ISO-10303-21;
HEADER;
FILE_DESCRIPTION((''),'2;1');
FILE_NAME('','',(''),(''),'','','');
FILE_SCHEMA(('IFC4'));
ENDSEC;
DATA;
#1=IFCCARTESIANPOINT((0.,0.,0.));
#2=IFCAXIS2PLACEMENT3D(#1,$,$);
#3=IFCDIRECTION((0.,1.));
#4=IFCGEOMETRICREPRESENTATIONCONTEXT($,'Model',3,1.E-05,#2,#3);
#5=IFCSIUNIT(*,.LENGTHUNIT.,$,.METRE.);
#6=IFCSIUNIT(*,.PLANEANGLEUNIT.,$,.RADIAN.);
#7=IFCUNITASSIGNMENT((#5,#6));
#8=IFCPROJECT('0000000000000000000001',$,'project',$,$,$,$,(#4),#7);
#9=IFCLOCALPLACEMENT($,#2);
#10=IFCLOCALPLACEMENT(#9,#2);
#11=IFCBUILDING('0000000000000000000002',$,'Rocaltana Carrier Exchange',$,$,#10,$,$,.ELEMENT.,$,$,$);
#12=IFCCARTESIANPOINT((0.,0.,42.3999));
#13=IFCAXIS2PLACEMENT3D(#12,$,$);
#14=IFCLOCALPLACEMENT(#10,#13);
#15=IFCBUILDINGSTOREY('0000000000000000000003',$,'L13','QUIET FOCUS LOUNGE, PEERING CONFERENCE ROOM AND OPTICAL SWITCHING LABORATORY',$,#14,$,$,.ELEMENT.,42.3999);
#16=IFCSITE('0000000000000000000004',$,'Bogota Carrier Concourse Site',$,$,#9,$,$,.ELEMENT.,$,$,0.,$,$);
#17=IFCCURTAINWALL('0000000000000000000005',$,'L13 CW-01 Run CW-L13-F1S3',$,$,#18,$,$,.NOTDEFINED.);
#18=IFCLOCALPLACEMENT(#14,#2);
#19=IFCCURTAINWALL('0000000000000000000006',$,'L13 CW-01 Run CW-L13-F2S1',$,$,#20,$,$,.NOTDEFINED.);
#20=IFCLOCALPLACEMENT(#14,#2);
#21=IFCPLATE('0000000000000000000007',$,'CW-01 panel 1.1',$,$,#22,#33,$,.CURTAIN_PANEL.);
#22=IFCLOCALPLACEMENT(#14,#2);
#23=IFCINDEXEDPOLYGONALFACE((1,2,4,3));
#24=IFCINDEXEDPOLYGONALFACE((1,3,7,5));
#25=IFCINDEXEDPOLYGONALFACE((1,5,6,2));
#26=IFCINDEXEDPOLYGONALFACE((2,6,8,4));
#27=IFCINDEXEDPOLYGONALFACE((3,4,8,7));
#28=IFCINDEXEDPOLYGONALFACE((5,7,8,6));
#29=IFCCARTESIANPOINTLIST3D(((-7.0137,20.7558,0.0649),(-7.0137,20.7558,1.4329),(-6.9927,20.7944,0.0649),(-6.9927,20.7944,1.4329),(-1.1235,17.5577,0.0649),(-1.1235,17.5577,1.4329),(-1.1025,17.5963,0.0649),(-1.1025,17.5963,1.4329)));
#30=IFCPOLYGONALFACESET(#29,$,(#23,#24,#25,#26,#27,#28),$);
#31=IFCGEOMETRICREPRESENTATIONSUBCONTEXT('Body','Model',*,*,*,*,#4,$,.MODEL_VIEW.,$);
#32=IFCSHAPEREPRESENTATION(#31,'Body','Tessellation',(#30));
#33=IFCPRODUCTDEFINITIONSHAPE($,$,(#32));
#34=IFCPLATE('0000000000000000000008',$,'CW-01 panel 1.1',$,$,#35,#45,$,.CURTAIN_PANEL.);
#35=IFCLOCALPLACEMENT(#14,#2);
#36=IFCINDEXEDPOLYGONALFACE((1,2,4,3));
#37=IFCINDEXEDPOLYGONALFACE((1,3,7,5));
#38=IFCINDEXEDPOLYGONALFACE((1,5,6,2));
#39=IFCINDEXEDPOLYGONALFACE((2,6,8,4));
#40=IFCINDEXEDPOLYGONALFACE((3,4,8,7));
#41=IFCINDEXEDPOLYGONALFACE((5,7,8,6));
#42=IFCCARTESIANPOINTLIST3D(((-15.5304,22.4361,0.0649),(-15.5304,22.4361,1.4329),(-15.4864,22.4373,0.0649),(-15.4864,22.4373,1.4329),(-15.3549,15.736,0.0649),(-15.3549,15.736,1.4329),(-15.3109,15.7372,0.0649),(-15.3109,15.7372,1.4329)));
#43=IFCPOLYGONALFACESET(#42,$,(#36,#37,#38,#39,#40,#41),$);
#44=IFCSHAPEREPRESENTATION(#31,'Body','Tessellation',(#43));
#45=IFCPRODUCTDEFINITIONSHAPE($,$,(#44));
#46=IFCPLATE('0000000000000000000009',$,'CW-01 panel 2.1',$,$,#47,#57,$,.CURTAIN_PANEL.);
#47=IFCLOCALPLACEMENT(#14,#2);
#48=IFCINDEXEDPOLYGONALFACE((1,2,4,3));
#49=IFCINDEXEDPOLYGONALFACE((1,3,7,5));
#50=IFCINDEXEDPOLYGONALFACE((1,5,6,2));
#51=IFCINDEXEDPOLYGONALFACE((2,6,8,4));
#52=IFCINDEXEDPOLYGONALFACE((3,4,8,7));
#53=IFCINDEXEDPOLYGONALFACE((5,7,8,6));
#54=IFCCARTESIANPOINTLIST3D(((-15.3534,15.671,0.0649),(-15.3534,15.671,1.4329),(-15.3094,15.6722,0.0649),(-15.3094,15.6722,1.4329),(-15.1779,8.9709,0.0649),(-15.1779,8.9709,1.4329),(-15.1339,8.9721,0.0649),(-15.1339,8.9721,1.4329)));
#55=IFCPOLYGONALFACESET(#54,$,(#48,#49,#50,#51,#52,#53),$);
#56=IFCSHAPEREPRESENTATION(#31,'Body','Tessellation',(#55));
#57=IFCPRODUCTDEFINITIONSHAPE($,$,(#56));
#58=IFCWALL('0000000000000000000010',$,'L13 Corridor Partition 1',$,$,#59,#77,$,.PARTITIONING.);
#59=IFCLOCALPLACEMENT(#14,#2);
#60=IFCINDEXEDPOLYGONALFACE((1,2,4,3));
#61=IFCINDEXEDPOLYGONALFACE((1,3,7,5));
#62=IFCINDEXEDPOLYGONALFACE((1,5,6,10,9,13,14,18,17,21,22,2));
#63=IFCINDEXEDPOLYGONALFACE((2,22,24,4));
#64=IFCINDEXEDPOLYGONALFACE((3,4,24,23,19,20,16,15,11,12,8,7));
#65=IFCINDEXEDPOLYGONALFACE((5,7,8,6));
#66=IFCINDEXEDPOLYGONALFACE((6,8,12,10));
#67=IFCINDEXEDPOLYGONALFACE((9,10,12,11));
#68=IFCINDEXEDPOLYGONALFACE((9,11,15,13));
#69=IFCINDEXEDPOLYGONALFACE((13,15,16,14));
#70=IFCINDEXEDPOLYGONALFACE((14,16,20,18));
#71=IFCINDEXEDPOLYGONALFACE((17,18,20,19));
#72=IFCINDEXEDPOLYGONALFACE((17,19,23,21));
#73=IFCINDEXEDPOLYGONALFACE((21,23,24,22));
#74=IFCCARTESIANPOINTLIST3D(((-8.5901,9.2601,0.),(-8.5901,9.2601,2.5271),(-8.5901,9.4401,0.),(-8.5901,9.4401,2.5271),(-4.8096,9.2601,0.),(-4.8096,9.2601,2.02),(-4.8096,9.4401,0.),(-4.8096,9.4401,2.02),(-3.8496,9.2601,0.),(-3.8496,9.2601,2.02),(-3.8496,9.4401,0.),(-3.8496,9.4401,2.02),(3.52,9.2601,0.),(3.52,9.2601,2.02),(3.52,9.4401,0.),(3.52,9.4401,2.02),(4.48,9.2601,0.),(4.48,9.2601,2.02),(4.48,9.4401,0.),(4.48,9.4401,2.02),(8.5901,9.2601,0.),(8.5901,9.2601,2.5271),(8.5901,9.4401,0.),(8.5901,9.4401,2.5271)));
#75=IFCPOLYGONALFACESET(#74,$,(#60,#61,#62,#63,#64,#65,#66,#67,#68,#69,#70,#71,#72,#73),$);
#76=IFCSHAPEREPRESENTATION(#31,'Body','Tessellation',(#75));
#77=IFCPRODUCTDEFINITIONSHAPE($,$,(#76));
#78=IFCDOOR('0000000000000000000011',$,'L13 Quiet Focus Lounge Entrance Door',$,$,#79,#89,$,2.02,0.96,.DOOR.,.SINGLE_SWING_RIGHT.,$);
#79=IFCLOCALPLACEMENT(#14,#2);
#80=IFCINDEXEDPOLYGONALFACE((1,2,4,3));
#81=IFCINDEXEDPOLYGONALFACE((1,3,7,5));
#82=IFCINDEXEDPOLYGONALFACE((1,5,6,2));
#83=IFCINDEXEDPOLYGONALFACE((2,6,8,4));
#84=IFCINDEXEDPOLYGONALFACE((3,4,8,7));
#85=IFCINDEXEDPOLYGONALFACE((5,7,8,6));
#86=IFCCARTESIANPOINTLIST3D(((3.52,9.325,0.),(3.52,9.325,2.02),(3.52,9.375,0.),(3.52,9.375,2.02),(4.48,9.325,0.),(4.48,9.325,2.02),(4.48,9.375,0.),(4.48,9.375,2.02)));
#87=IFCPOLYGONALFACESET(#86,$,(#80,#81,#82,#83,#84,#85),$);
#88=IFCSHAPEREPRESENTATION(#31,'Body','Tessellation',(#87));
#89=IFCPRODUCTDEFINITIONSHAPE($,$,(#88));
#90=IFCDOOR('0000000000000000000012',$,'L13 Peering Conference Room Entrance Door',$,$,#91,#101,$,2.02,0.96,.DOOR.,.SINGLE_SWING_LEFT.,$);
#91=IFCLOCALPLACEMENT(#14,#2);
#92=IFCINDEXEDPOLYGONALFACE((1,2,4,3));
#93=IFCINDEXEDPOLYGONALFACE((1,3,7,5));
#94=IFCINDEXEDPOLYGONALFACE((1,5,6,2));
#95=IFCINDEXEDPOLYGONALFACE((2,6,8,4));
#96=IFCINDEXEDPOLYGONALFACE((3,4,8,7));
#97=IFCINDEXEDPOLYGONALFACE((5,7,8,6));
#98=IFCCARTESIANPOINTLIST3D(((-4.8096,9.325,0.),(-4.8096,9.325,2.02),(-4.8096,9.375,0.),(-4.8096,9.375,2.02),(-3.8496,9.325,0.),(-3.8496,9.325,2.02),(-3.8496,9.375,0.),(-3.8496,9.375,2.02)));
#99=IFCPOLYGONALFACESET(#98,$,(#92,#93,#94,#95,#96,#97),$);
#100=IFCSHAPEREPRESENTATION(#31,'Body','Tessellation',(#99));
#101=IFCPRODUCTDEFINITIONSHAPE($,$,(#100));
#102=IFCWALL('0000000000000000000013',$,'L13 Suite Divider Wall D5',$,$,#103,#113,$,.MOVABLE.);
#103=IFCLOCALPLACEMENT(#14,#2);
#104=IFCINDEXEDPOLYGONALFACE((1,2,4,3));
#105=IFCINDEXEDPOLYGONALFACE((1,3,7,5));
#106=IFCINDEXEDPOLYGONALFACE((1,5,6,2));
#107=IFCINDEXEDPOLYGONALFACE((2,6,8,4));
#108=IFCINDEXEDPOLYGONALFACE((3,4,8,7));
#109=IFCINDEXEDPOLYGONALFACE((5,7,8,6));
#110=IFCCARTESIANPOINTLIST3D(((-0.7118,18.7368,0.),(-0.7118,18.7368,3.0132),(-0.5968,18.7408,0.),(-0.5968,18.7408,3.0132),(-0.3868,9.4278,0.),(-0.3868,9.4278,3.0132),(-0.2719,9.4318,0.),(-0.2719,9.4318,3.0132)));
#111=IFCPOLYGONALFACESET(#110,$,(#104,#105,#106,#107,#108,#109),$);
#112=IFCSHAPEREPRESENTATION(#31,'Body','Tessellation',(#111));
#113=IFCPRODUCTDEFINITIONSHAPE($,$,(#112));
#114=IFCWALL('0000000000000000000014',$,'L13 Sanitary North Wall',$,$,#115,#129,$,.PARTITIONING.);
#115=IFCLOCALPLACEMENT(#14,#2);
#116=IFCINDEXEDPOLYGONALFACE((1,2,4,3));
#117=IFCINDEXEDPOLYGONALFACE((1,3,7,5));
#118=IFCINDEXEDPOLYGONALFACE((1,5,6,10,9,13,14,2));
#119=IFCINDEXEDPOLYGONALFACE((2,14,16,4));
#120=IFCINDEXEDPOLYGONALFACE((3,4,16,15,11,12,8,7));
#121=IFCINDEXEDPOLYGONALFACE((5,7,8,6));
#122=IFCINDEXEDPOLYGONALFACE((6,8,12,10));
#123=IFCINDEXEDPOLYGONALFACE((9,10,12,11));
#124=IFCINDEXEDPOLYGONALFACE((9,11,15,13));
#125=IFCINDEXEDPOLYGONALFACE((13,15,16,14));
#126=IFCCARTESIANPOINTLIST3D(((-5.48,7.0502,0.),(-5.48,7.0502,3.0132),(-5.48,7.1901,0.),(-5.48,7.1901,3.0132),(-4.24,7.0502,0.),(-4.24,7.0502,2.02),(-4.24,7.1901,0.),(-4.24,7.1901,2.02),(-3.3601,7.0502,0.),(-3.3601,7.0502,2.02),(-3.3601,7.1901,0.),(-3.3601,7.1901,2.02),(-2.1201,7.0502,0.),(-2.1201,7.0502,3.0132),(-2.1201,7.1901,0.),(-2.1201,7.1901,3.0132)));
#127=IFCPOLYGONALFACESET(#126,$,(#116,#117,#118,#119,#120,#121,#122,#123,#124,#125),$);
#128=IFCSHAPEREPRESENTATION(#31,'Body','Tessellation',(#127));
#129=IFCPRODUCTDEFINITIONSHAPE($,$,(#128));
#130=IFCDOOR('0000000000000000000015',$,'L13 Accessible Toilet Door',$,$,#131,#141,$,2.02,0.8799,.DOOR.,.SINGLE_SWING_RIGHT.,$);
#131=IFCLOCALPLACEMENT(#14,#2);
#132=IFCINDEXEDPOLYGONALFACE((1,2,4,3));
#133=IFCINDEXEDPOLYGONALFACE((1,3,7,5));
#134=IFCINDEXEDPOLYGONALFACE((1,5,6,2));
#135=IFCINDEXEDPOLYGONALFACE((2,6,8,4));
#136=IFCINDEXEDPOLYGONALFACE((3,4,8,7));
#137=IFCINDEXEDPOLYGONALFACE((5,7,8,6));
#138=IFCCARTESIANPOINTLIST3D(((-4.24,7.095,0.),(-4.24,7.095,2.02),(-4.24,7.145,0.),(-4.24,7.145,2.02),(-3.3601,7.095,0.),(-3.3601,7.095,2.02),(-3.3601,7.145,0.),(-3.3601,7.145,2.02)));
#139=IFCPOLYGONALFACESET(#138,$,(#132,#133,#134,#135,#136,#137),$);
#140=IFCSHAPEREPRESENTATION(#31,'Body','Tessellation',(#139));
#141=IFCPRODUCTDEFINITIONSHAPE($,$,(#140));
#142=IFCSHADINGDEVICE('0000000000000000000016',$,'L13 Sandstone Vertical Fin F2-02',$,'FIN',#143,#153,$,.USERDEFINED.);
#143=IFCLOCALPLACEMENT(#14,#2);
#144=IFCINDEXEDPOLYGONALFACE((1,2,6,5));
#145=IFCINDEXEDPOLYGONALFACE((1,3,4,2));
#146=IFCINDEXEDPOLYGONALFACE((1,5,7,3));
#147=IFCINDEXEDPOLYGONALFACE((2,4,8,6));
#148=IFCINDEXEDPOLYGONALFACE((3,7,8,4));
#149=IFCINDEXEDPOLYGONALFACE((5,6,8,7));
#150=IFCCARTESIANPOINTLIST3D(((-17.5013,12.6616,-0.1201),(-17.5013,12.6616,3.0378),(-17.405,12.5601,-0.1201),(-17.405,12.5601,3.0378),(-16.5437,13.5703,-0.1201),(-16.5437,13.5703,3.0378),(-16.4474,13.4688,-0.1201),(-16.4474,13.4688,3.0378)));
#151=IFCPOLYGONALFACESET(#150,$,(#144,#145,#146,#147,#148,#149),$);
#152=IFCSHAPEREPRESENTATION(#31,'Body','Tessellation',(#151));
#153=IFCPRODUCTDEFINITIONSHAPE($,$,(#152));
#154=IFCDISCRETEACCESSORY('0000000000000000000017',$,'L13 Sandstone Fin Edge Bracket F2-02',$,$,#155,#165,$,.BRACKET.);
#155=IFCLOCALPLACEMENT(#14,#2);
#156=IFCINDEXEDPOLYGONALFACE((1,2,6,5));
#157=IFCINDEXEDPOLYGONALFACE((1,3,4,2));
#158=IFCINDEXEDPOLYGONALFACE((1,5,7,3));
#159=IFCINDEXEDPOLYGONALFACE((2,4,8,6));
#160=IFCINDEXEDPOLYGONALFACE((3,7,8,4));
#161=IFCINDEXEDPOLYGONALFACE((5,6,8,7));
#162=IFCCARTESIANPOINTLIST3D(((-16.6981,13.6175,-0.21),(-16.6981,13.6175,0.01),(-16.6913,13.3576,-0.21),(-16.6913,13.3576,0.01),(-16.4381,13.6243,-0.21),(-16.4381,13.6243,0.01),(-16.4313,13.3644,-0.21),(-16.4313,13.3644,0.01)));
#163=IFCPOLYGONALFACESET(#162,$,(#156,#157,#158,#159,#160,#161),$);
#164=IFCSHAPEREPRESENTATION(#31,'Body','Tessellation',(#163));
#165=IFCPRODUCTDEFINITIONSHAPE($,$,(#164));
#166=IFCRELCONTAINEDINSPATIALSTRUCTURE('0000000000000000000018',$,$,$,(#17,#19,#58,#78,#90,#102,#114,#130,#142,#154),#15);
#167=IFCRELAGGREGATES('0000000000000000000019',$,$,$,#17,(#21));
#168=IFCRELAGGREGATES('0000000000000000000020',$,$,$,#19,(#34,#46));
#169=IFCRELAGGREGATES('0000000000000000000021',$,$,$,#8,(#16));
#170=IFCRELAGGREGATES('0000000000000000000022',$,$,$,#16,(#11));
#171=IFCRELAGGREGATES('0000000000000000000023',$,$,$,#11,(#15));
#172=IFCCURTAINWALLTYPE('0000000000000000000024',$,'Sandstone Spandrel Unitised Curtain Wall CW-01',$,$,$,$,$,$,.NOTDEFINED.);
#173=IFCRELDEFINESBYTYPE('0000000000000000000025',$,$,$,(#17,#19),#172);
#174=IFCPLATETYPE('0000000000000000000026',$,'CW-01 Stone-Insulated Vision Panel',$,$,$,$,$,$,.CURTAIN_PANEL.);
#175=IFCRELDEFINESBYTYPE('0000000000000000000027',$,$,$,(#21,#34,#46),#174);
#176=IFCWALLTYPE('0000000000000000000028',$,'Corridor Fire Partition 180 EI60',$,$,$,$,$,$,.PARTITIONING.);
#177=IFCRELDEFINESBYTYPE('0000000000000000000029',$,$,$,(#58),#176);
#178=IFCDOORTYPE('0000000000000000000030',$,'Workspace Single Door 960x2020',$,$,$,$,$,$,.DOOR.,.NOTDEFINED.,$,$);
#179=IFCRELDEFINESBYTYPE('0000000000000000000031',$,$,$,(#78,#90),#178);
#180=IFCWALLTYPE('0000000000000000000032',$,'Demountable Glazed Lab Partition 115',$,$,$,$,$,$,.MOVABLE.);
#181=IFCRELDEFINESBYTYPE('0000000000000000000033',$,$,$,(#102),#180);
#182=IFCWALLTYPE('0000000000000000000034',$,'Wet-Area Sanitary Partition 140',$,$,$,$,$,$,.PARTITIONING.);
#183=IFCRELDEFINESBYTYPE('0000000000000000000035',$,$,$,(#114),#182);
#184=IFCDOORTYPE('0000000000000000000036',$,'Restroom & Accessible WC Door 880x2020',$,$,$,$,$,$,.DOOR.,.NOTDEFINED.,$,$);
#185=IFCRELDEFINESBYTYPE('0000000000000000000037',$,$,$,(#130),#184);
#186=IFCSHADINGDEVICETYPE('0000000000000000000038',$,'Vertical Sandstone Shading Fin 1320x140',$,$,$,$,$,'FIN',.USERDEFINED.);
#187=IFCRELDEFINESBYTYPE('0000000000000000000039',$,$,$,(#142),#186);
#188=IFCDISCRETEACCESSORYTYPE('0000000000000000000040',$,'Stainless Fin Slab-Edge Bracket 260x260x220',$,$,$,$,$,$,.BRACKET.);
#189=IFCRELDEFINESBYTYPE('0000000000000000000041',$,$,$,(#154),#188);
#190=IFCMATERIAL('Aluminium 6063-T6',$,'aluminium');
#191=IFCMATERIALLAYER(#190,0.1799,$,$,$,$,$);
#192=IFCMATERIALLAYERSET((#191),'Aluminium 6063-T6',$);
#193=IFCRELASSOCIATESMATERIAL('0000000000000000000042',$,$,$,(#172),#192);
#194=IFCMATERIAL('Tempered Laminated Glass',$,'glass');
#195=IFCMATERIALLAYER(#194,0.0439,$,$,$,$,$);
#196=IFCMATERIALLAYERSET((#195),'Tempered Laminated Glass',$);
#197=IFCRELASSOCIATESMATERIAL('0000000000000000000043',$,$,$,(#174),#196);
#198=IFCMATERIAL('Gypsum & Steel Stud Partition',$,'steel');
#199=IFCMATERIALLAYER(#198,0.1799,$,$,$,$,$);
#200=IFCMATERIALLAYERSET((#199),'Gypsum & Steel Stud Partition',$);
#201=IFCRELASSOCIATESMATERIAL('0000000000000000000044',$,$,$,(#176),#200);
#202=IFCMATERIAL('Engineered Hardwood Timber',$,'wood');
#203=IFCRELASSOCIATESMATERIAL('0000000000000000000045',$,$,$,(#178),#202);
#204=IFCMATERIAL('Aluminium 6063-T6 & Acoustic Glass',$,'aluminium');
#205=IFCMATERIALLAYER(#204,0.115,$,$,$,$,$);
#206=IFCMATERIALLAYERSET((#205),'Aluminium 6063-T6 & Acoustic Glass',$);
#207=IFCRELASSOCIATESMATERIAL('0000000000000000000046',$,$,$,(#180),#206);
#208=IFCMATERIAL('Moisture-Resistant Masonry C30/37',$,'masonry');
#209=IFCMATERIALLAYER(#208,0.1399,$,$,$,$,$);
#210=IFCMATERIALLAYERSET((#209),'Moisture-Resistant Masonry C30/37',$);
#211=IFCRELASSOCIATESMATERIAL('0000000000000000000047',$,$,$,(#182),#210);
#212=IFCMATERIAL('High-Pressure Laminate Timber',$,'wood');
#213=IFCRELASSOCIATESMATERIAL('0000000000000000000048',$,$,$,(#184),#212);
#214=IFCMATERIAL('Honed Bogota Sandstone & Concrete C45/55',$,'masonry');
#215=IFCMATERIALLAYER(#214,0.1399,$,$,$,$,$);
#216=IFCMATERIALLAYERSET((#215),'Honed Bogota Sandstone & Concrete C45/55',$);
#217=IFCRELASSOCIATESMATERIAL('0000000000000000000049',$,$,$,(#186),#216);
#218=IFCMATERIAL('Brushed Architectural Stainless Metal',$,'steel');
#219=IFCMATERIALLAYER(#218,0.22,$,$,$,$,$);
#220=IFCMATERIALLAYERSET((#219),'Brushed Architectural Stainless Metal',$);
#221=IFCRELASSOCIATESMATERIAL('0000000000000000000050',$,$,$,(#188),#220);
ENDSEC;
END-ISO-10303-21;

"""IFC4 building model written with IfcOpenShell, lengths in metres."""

from ifc_helpers import new_model, si_unit, direction, frame, frame_2d, origin, origin_2d, place, context, subcontext, project, spatial, rectangle, extrude, material, layer, layer_set, type_object, element, fill, aggregate, save


model = new_model("IFC4")

# Units and contexts
model_context = context("Model", 3, precision=1e-05, world=origin(), true_north=direction((0.0, 1.0)))
body_context = subcontext(model_context, "Body", "Model", "MODEL_VIEW")
ifc_project = project(units=[si_unit("LENGTHUNIT", "METRE"), si_unit("PLANEANGLEUNIT", "RADIAN")], contexts=[model_context])

# Site, building, storey
site_placement = place(None, origin())
site = spatial("IfcSite", under=ifc_project, at=site_placement, Name="Bogota Carrier Concourse Site", CompositionType="ELEMENT", RefElevation=0.0)
building_placement = place(site_placement, origin())
building = spatial("IfcBuilding", under=site, at=building_placement, Name="Rocaltana Carrier Exchange", CompositionType="ELEMENT")
storey_placement = place(building_placement, frame((0.0, 0.0, 42.3999)))
storey = spatial("IfcBuildingStorey", under=building, at=storey_placement, Name="L13", Description="QUIET FOCUS LOUNGE, PEERING CONFERENCE ROOM AND OPTICAL SWITCHING LABORATORY", CompositionType="ELEMENT", Elevation=42.3999)

# Curtain wall
ifc_material_1 = material(Name="Aluminium 6063-T6", Category="aluminium")
ifc_layer_1 = layer(ifc_material_1, 0.1799)
ifc_layer_set_1 = layer_set([ifc_layer_1], Name="Aluminium 6063-T6")
curtain_wall_type = type_object("IfcCurtainWallType", Name="Sandstone Spandrel Unitised Curtain Wall CW-01", PredefinedType="NOTDEFINED", material=ifc_layer_set_1)
curtain_wall_1_placement = place(storey_placement, origin())
curtain_wall_1 = element("IfcCurtainWall", 1, at=curtain_wall_1_placement, inside=storey, type_object=curtain_wall_type, Name="L13 CW-01 Run CW-L13-F1S3", PredefinedType="NOTDEFINED")

# Curtain wall
curtain_wall_2_placement = place(storey_placement, origin())
curtain_wall_2 = element("IfcCurtainWall", 2, at=curtain_wall_2_placement, inside=storey, type_object=curtain_wall_type, Name="L13 CW-01 Run CW-L13-F2S1", PredefinedType="NOTDEFINED")

# Plates
ifc_material_2 = material(Name="Tempered Laminated Glass", Category="glass")
ifc_layer_2 = layer(ifc_material_2, 0.0439)
ifc_layer_set_2 = layer_set([ifc_layer_2], Name="Tempered Laminated Glass")
plate_type = type_object("IfcPlateType", Name="CW-01 Stone-Insulated Vision Panel", PredefinedType="CURTAIN_PANEL", material=ifc_layer_set_2)
plate_1_placement = place(storey_placement, frame((-4.0581, 19.176, 0.0649), z_axis=(0.0, 0.0, 1.0), x_axis=(-0.878819, 0.477156, 0.0)))
plate_1 = element("IfcPlate", 3, at=plate_1_placement, type_object=plate_type, Name="CW-01 panel 1.1", PredefinedType="CURTAIN_PANEL", context=body_context, shape_type="SweptSolid", body=[
    extrude(rectangle(XDim=6.7024, YDim=0.0439, at=origin_2d()), origin(), (0.0, 0.0, 1.0), 1.3679),
])
aggregate(curtain_wall_1, [plate_1])
plate_2_placement = place(storey_placement, frame((-15.4207, 19.0867, 0.0649), z_axis=(0.0, 0.0, 1.0), x_axis=(0.026184, -0.999657, 0.0)))
plate_2 = element("IfcPlate", 4, at=plate_2_placement, type_object=plate_type, Name="CW-01 panel 1.1", PredefinedType="CURTAIN_PANEL", context=body_context, shape_type="SweptSolid", body=[
    extrude(rectangle(XDim=6.7024, YDim=0.0439, at=origin_2d()), origin(), (0.0, 0.0, 1.0), 1.3679),
])
plate_3_placement = place(storey_placement, frame((-15.2437, 12.3215, 0.0649), z_axis=(0.0, 0.0, 1.0), x_axis=(0.026184, -0.999657, 0.0)))
plate_3 = element("IfcPlate", 5, at=plate_3_placement, type_object=plate_type, Name="CW-01 panel 2.1", PredefinedType="CURTAIN_PANEL", context=body_context, shape_type="SweptSolid", body=[
    extrude(rectangle(XDim=6.7024, YDim=0.0439, at=origin_2d()), origin(), (0.0, 0.0, 1.0), 1.3679),
])
aggregate(curtain_wall_2, [plate_2, plate_3])

# Wall, openings, doors
ifc_material_3 = material(Name="Gypsum & Steel Stud Partition", Category="steel")
ifc_layer_3 = layer(ifc_material_3, 0.1799)
ifc_layer_set_3 = layer_set([ifc_layer_3], Name="Gypsum & Steel Stud Partition")
wall_type_1 = type_object("IfcWallType", Name="Corridor Fire Partition 180 EI60", PredefinedType="PARTITIONING", material=ifc_layer_set_3)
wall_1_placement = place(storey_placement, frame((-8.5901, 9.3501, 0.0), z_axis=(0.0, 0.0, 1.0), x_axis=(1.0, 0.0, 0.0)))
wall_1 = element("IfcWall", 6, at=wall_1_placement, inside=storey, type_object=wall_type_1, Name="L13 Corridor Partition 1", PredefinedType="PARTITIONING", context=body_context, shape_type="SweptSolid", body=[
    extrude(rectangle(XDim=17.1802, YDim=0.1799, at=frame_2d((8.5901, 0.0))), origin(), (0.0, 0.0, 1.0), 2.5271),
])
opening_1_placement = place(wall_1_placement, frame((12.1101, 0.0, 0.0)))
opening_1 = element("IfcOpeningElement", 7, at=opening_1_placement, cuts=wall_1, PredefinedType="OPENING", context=body_context, shape_type="SweptSolid", body=[
    extrude(rectangle(XDim=0.96, YDim=2.02, at=frame_2d((0.48, 1.01))), frame((0.0, 0.0999, 0.0), z_axis=(0.0, -1.0, 0.0), x_axis=(1.0, 0.0, 0.0)), (0.0, 0.0, 1.0), 0.2),
])
opening_2_placement = place(wall_1_placement, frame((3.7805, 0.0, 0.0)))
opening_2 = element("IfcOpeningElement", 8, at=opening_2_placement, cuts=wall_1, PredefinedType="OPENING", context=body_context, shape_type="SweptSolid", body=[
    extrude(rectangle(XDim=0.96, YDim=2.02, at=frame_2d((0.48, 1.01))), frame((0.0, 0.0999, 0.0), z_axis=(0.0, -1.0, 0.0), x_axis=(1.0, 0.0, 0.0)), (0.0, 0.0, 1.0), 0.2),
])
ifc_material_4 = material(Name="Engineered Hardwood Timber", Category="wood")
door_type_1 = type_object("IfcDoorType", Name="Workspace Single Door 960x2020", OperationType="NOTDEFINED", PredefinedType="DOOR", material=ifc_material_4)
door_1_placement = place(opening_1_placement, origin())
door_1 = element("IfcDoor", 9, at=door_1_placement, inside=storey, type_object=door_type_1, Name="L13 Quiet Focus Lounge Entrance Door", OperationType="SINGLE_SWING_RIGHT", OverallHeight=2.02, OverallWidth=0.96, PredefinedType="DOOR", context=body_context, shape_type="SweptSolid", body=[
    extrude(rectangle(XDim=0.96, YDim=2.02, at=frame_2d((0.48, 1.01))), frame((0.0, 0.0249, 0.0), z_axis=(0.0, -1.0, 0.0), x_axis=(1.0, 0.0, 0.0)), (0.0, 0.0, 1.0), 0.05),
])
fill(opening_1, door_1)
door_2_placement = place(opening_2_placement, origin())
door_2 = element("IfcDoor", 10, at=door_2_placement, inside=storey, type_object=door_type_1, Name="L13 Peering Conference Room Entrance Door", OperationType="SINGLE_SWING_LEFT", OverallHeight=2.02, OverallWidth=0.96, PredefinedType="DOOR", context=body_context, shape_type="SweptSolid", body=[
    extrude(rectangle(XDim=0.96, YDim=2.02, at=frame_2d((0.48, 1.01))), frame((0.0, 0.0249, 0.0), z_axis=(0.0, -1.0, 0.0), x_axis=(1.0, 0.0, 0.0)), (0.0, 0.0, 1.0), 0.05),
])
fill(opening_2, door_2)

# Wall
ifc_material_5 = material(Name="Aluminium 6063-T6 & Acoustic Glass", Category="aluminium")
ifc_layer_4 = layer(ifc_material_5, 0.115)
ifc_layer_set_4 = layer_set([ifc_layer_4], Name="Aluminium 6063-T6 & Acoustic Glass")
wall_type_2 = type_object("IfcWallType", Name="Demountable Glazed Lab Partition 115", PredefinedType="MOVABLE", material=ifc_layer_set_4)
wall_2_placement = place(storey_placement, frame((-0.3293, 9.4299, 0.0), z_axis=(0.0, 0.0, 1.0), x_axis=(-0.034886, 0.999391, 0.0)))
element("IfcWall", 11, at=wall_2_placement, inside=storey, type_object=wall_type_2, Name="L13 Suite Divider Wall D5", PredefinedType="MOVABLE", context=body_context, shape_type="SweptSolid", body=[
    extrude(rectangle(XDim=9.3147, YDim=0.115, at=frame_2d((4.6572, 0.0))), origin(), (0.0, 0.0, 1.0), 3.0132),
])

# Wall, opening, door
ifc_material_6 = material(Name="Moisture-Resistant Masonry C30/37", Category="masonry")
ifc_layer_5 = layer(ifc_material_6, 0.1399)
ifc_layer_set_5 = layer_set([ifc_layer_5], Name="Moisture-Resistant Masonry C30/37")
wall_type_3 = type_object("IfcWallType", Name="Wet-Area Sanitary Partition 140", PredefinedType="PARTITIONING", material=ifc_layer_set_5)
wall_3_placement = place(storey_placement, frame((-5.48, 7.1201, 0.0), z_axis=(0.0, 0.0, 1.0), x_axis=(1.0, 0.0, 0.0)))
wall_3 = element("IfcWall", 12, at=wall_3_placement, inside=storey, type_object=wall_type_3, Name="L13 Sanitary North Wall", PredefinedType="PARTITIONING", context=body_context, shape_type="SweptSolid", body=[
    extrude(rectangle(XDim=3.3599, YDim=0.1399, at=frame_2d((1.6799, 0.0))), origin(), (0.0, 0.0, 1.0), 3.0132),
])
opening_3_placement = place(wall_3_placement, frame((1.24, 0.0, 0.0)))
opening_3 = element("IfcOpeningElement", 13, at=opening_3_placement, cuts=wall_3, PredefinedType="OPENING", context=body_context, shape_type="SweptSolid", body=[
    extrude(rectangle(XDim=0.8799, YDim=2.02, at=frame_2d((0.4399, 1.01))), frame((0.0, 0.0798, 0.0), z_axis=(0.0, -1.0, 0.0), x_axis=(1.0, 0.0, 0.0)), (0.0, 0.0, 1.0), 0.1599),
])
ifc_material_7 = material(Name="High-Pressure Laminate Timber", Category="wood")
door_type_2 = type_object("IfcDoorType", Name="Restroom & Accessible WC Door 880x2020", OperationType="NOTDEFINED", PredefinedType="DOOR", material=ifc_material_7)
door_3_placement = place(opening_3_placement, origin())
door_3 = element("IfcDoor", 14, at=door_3_placement, inside=storey, type_object=door_type_2, Name="L13 Accessible Toilet Door", OperationType="SINGLE_SWING_RIGHT", OverallHeight=2.02, OverallWidth=0.8799, PredefinedType="DOOR", context=body_context, shape_type="SweptSolid", body=[
    extrude(rectangle(XDim=0.8799, YDim=2.02, at=frame_2d((0.4399, 1.01))), frame((0.0, 0.0249, 0.0), z_axis=(0.0, -1.0, 0.0), x_axis=(1.0, 0.0, 0.0)), (0.0, 0.0, 1.0), 0.05),
])
fill(opening_3, door_3)

# Shading device
ifc_material_8 = material(Name="Honed Bogota Sandstone & Concrete C45/55", Category="masonry")
ifc_layer_6 = layer(ifc_material_8, 0.1399)
ifc_layer_set_6 = layer_set([ifc_layer_6], Name="Honed Bogota Sandstone & Concrete C45/55")
shading_device_type = type_object("IfcShadingDeviceType", Name="Vertical Sandstone Shading Fin 1320x140", ElementType="FIN", PredefinedType="USERDEFINED", material=ifc_layer_set_6)
shading_device_placement = place(storey_placement, frame((-16.9744, 13.0652, -0.1201), z_axis=(0.0, 0.0, 1.0), x_axis=(-0.725374, -0.688355, 0.0)))
element("IfcShadingDevice", 15, at=shading_device_placement, inside=storey, type_object=shading_device_type, Name="L13 Sandstone Vertical Fin F2-02", ObjectType="FIN", PredefinedType="USERDEFINED", context=body_context, shape_type="SweptSolid", body=[
    extrude(rectangle(XDim=1.3201, YDim=0.1399, at=origin_2d()), origin(), (0.0, 0.0, 1.0), 3.158),
])

# Discrete accessory
ifc_material_9 = material(Name="Brushed Architectural Stainless Metal", Category="steel")
ifc_layer_7 = layer(ifc_material_9, 0.22)
ifc_layer_set_7 = layer_set([ifc_layer_7], Name="Brushed Architectural Stainless Metal")
discrete_accessory_type = type_object("IfcDiscreteAccessoryType", Name="Stainless Fin Slab-Edge Bracket 260x260x220", PredefinedType="BRACKET", material=ifc_layer_set_7)
discrete_accessory_placement = place(storey_placement, frame((-16.5647, 13.491, -0.21), z_axis=(0.0, 0.0, 1.0), x_axis=(0.026177, -0.999657, 0.0)))
element("IfcDiscreteAccessory", 16, at=discrete_accessory_placement, inside=storey, type_object=discrete_accessory_type, Name="L13 Sandstone Fin Edge Bracket F2-02", PredefinedType="BRACKET", context=body_context, shape_type="SweptSolid", body=[
    extrude(rectangle(XDim=0.26, YDim=0.26, at=origin_2d()), origin(), (0.0, 0.0, 1.0), 0.22),
])

save(model, "model.ifc")
